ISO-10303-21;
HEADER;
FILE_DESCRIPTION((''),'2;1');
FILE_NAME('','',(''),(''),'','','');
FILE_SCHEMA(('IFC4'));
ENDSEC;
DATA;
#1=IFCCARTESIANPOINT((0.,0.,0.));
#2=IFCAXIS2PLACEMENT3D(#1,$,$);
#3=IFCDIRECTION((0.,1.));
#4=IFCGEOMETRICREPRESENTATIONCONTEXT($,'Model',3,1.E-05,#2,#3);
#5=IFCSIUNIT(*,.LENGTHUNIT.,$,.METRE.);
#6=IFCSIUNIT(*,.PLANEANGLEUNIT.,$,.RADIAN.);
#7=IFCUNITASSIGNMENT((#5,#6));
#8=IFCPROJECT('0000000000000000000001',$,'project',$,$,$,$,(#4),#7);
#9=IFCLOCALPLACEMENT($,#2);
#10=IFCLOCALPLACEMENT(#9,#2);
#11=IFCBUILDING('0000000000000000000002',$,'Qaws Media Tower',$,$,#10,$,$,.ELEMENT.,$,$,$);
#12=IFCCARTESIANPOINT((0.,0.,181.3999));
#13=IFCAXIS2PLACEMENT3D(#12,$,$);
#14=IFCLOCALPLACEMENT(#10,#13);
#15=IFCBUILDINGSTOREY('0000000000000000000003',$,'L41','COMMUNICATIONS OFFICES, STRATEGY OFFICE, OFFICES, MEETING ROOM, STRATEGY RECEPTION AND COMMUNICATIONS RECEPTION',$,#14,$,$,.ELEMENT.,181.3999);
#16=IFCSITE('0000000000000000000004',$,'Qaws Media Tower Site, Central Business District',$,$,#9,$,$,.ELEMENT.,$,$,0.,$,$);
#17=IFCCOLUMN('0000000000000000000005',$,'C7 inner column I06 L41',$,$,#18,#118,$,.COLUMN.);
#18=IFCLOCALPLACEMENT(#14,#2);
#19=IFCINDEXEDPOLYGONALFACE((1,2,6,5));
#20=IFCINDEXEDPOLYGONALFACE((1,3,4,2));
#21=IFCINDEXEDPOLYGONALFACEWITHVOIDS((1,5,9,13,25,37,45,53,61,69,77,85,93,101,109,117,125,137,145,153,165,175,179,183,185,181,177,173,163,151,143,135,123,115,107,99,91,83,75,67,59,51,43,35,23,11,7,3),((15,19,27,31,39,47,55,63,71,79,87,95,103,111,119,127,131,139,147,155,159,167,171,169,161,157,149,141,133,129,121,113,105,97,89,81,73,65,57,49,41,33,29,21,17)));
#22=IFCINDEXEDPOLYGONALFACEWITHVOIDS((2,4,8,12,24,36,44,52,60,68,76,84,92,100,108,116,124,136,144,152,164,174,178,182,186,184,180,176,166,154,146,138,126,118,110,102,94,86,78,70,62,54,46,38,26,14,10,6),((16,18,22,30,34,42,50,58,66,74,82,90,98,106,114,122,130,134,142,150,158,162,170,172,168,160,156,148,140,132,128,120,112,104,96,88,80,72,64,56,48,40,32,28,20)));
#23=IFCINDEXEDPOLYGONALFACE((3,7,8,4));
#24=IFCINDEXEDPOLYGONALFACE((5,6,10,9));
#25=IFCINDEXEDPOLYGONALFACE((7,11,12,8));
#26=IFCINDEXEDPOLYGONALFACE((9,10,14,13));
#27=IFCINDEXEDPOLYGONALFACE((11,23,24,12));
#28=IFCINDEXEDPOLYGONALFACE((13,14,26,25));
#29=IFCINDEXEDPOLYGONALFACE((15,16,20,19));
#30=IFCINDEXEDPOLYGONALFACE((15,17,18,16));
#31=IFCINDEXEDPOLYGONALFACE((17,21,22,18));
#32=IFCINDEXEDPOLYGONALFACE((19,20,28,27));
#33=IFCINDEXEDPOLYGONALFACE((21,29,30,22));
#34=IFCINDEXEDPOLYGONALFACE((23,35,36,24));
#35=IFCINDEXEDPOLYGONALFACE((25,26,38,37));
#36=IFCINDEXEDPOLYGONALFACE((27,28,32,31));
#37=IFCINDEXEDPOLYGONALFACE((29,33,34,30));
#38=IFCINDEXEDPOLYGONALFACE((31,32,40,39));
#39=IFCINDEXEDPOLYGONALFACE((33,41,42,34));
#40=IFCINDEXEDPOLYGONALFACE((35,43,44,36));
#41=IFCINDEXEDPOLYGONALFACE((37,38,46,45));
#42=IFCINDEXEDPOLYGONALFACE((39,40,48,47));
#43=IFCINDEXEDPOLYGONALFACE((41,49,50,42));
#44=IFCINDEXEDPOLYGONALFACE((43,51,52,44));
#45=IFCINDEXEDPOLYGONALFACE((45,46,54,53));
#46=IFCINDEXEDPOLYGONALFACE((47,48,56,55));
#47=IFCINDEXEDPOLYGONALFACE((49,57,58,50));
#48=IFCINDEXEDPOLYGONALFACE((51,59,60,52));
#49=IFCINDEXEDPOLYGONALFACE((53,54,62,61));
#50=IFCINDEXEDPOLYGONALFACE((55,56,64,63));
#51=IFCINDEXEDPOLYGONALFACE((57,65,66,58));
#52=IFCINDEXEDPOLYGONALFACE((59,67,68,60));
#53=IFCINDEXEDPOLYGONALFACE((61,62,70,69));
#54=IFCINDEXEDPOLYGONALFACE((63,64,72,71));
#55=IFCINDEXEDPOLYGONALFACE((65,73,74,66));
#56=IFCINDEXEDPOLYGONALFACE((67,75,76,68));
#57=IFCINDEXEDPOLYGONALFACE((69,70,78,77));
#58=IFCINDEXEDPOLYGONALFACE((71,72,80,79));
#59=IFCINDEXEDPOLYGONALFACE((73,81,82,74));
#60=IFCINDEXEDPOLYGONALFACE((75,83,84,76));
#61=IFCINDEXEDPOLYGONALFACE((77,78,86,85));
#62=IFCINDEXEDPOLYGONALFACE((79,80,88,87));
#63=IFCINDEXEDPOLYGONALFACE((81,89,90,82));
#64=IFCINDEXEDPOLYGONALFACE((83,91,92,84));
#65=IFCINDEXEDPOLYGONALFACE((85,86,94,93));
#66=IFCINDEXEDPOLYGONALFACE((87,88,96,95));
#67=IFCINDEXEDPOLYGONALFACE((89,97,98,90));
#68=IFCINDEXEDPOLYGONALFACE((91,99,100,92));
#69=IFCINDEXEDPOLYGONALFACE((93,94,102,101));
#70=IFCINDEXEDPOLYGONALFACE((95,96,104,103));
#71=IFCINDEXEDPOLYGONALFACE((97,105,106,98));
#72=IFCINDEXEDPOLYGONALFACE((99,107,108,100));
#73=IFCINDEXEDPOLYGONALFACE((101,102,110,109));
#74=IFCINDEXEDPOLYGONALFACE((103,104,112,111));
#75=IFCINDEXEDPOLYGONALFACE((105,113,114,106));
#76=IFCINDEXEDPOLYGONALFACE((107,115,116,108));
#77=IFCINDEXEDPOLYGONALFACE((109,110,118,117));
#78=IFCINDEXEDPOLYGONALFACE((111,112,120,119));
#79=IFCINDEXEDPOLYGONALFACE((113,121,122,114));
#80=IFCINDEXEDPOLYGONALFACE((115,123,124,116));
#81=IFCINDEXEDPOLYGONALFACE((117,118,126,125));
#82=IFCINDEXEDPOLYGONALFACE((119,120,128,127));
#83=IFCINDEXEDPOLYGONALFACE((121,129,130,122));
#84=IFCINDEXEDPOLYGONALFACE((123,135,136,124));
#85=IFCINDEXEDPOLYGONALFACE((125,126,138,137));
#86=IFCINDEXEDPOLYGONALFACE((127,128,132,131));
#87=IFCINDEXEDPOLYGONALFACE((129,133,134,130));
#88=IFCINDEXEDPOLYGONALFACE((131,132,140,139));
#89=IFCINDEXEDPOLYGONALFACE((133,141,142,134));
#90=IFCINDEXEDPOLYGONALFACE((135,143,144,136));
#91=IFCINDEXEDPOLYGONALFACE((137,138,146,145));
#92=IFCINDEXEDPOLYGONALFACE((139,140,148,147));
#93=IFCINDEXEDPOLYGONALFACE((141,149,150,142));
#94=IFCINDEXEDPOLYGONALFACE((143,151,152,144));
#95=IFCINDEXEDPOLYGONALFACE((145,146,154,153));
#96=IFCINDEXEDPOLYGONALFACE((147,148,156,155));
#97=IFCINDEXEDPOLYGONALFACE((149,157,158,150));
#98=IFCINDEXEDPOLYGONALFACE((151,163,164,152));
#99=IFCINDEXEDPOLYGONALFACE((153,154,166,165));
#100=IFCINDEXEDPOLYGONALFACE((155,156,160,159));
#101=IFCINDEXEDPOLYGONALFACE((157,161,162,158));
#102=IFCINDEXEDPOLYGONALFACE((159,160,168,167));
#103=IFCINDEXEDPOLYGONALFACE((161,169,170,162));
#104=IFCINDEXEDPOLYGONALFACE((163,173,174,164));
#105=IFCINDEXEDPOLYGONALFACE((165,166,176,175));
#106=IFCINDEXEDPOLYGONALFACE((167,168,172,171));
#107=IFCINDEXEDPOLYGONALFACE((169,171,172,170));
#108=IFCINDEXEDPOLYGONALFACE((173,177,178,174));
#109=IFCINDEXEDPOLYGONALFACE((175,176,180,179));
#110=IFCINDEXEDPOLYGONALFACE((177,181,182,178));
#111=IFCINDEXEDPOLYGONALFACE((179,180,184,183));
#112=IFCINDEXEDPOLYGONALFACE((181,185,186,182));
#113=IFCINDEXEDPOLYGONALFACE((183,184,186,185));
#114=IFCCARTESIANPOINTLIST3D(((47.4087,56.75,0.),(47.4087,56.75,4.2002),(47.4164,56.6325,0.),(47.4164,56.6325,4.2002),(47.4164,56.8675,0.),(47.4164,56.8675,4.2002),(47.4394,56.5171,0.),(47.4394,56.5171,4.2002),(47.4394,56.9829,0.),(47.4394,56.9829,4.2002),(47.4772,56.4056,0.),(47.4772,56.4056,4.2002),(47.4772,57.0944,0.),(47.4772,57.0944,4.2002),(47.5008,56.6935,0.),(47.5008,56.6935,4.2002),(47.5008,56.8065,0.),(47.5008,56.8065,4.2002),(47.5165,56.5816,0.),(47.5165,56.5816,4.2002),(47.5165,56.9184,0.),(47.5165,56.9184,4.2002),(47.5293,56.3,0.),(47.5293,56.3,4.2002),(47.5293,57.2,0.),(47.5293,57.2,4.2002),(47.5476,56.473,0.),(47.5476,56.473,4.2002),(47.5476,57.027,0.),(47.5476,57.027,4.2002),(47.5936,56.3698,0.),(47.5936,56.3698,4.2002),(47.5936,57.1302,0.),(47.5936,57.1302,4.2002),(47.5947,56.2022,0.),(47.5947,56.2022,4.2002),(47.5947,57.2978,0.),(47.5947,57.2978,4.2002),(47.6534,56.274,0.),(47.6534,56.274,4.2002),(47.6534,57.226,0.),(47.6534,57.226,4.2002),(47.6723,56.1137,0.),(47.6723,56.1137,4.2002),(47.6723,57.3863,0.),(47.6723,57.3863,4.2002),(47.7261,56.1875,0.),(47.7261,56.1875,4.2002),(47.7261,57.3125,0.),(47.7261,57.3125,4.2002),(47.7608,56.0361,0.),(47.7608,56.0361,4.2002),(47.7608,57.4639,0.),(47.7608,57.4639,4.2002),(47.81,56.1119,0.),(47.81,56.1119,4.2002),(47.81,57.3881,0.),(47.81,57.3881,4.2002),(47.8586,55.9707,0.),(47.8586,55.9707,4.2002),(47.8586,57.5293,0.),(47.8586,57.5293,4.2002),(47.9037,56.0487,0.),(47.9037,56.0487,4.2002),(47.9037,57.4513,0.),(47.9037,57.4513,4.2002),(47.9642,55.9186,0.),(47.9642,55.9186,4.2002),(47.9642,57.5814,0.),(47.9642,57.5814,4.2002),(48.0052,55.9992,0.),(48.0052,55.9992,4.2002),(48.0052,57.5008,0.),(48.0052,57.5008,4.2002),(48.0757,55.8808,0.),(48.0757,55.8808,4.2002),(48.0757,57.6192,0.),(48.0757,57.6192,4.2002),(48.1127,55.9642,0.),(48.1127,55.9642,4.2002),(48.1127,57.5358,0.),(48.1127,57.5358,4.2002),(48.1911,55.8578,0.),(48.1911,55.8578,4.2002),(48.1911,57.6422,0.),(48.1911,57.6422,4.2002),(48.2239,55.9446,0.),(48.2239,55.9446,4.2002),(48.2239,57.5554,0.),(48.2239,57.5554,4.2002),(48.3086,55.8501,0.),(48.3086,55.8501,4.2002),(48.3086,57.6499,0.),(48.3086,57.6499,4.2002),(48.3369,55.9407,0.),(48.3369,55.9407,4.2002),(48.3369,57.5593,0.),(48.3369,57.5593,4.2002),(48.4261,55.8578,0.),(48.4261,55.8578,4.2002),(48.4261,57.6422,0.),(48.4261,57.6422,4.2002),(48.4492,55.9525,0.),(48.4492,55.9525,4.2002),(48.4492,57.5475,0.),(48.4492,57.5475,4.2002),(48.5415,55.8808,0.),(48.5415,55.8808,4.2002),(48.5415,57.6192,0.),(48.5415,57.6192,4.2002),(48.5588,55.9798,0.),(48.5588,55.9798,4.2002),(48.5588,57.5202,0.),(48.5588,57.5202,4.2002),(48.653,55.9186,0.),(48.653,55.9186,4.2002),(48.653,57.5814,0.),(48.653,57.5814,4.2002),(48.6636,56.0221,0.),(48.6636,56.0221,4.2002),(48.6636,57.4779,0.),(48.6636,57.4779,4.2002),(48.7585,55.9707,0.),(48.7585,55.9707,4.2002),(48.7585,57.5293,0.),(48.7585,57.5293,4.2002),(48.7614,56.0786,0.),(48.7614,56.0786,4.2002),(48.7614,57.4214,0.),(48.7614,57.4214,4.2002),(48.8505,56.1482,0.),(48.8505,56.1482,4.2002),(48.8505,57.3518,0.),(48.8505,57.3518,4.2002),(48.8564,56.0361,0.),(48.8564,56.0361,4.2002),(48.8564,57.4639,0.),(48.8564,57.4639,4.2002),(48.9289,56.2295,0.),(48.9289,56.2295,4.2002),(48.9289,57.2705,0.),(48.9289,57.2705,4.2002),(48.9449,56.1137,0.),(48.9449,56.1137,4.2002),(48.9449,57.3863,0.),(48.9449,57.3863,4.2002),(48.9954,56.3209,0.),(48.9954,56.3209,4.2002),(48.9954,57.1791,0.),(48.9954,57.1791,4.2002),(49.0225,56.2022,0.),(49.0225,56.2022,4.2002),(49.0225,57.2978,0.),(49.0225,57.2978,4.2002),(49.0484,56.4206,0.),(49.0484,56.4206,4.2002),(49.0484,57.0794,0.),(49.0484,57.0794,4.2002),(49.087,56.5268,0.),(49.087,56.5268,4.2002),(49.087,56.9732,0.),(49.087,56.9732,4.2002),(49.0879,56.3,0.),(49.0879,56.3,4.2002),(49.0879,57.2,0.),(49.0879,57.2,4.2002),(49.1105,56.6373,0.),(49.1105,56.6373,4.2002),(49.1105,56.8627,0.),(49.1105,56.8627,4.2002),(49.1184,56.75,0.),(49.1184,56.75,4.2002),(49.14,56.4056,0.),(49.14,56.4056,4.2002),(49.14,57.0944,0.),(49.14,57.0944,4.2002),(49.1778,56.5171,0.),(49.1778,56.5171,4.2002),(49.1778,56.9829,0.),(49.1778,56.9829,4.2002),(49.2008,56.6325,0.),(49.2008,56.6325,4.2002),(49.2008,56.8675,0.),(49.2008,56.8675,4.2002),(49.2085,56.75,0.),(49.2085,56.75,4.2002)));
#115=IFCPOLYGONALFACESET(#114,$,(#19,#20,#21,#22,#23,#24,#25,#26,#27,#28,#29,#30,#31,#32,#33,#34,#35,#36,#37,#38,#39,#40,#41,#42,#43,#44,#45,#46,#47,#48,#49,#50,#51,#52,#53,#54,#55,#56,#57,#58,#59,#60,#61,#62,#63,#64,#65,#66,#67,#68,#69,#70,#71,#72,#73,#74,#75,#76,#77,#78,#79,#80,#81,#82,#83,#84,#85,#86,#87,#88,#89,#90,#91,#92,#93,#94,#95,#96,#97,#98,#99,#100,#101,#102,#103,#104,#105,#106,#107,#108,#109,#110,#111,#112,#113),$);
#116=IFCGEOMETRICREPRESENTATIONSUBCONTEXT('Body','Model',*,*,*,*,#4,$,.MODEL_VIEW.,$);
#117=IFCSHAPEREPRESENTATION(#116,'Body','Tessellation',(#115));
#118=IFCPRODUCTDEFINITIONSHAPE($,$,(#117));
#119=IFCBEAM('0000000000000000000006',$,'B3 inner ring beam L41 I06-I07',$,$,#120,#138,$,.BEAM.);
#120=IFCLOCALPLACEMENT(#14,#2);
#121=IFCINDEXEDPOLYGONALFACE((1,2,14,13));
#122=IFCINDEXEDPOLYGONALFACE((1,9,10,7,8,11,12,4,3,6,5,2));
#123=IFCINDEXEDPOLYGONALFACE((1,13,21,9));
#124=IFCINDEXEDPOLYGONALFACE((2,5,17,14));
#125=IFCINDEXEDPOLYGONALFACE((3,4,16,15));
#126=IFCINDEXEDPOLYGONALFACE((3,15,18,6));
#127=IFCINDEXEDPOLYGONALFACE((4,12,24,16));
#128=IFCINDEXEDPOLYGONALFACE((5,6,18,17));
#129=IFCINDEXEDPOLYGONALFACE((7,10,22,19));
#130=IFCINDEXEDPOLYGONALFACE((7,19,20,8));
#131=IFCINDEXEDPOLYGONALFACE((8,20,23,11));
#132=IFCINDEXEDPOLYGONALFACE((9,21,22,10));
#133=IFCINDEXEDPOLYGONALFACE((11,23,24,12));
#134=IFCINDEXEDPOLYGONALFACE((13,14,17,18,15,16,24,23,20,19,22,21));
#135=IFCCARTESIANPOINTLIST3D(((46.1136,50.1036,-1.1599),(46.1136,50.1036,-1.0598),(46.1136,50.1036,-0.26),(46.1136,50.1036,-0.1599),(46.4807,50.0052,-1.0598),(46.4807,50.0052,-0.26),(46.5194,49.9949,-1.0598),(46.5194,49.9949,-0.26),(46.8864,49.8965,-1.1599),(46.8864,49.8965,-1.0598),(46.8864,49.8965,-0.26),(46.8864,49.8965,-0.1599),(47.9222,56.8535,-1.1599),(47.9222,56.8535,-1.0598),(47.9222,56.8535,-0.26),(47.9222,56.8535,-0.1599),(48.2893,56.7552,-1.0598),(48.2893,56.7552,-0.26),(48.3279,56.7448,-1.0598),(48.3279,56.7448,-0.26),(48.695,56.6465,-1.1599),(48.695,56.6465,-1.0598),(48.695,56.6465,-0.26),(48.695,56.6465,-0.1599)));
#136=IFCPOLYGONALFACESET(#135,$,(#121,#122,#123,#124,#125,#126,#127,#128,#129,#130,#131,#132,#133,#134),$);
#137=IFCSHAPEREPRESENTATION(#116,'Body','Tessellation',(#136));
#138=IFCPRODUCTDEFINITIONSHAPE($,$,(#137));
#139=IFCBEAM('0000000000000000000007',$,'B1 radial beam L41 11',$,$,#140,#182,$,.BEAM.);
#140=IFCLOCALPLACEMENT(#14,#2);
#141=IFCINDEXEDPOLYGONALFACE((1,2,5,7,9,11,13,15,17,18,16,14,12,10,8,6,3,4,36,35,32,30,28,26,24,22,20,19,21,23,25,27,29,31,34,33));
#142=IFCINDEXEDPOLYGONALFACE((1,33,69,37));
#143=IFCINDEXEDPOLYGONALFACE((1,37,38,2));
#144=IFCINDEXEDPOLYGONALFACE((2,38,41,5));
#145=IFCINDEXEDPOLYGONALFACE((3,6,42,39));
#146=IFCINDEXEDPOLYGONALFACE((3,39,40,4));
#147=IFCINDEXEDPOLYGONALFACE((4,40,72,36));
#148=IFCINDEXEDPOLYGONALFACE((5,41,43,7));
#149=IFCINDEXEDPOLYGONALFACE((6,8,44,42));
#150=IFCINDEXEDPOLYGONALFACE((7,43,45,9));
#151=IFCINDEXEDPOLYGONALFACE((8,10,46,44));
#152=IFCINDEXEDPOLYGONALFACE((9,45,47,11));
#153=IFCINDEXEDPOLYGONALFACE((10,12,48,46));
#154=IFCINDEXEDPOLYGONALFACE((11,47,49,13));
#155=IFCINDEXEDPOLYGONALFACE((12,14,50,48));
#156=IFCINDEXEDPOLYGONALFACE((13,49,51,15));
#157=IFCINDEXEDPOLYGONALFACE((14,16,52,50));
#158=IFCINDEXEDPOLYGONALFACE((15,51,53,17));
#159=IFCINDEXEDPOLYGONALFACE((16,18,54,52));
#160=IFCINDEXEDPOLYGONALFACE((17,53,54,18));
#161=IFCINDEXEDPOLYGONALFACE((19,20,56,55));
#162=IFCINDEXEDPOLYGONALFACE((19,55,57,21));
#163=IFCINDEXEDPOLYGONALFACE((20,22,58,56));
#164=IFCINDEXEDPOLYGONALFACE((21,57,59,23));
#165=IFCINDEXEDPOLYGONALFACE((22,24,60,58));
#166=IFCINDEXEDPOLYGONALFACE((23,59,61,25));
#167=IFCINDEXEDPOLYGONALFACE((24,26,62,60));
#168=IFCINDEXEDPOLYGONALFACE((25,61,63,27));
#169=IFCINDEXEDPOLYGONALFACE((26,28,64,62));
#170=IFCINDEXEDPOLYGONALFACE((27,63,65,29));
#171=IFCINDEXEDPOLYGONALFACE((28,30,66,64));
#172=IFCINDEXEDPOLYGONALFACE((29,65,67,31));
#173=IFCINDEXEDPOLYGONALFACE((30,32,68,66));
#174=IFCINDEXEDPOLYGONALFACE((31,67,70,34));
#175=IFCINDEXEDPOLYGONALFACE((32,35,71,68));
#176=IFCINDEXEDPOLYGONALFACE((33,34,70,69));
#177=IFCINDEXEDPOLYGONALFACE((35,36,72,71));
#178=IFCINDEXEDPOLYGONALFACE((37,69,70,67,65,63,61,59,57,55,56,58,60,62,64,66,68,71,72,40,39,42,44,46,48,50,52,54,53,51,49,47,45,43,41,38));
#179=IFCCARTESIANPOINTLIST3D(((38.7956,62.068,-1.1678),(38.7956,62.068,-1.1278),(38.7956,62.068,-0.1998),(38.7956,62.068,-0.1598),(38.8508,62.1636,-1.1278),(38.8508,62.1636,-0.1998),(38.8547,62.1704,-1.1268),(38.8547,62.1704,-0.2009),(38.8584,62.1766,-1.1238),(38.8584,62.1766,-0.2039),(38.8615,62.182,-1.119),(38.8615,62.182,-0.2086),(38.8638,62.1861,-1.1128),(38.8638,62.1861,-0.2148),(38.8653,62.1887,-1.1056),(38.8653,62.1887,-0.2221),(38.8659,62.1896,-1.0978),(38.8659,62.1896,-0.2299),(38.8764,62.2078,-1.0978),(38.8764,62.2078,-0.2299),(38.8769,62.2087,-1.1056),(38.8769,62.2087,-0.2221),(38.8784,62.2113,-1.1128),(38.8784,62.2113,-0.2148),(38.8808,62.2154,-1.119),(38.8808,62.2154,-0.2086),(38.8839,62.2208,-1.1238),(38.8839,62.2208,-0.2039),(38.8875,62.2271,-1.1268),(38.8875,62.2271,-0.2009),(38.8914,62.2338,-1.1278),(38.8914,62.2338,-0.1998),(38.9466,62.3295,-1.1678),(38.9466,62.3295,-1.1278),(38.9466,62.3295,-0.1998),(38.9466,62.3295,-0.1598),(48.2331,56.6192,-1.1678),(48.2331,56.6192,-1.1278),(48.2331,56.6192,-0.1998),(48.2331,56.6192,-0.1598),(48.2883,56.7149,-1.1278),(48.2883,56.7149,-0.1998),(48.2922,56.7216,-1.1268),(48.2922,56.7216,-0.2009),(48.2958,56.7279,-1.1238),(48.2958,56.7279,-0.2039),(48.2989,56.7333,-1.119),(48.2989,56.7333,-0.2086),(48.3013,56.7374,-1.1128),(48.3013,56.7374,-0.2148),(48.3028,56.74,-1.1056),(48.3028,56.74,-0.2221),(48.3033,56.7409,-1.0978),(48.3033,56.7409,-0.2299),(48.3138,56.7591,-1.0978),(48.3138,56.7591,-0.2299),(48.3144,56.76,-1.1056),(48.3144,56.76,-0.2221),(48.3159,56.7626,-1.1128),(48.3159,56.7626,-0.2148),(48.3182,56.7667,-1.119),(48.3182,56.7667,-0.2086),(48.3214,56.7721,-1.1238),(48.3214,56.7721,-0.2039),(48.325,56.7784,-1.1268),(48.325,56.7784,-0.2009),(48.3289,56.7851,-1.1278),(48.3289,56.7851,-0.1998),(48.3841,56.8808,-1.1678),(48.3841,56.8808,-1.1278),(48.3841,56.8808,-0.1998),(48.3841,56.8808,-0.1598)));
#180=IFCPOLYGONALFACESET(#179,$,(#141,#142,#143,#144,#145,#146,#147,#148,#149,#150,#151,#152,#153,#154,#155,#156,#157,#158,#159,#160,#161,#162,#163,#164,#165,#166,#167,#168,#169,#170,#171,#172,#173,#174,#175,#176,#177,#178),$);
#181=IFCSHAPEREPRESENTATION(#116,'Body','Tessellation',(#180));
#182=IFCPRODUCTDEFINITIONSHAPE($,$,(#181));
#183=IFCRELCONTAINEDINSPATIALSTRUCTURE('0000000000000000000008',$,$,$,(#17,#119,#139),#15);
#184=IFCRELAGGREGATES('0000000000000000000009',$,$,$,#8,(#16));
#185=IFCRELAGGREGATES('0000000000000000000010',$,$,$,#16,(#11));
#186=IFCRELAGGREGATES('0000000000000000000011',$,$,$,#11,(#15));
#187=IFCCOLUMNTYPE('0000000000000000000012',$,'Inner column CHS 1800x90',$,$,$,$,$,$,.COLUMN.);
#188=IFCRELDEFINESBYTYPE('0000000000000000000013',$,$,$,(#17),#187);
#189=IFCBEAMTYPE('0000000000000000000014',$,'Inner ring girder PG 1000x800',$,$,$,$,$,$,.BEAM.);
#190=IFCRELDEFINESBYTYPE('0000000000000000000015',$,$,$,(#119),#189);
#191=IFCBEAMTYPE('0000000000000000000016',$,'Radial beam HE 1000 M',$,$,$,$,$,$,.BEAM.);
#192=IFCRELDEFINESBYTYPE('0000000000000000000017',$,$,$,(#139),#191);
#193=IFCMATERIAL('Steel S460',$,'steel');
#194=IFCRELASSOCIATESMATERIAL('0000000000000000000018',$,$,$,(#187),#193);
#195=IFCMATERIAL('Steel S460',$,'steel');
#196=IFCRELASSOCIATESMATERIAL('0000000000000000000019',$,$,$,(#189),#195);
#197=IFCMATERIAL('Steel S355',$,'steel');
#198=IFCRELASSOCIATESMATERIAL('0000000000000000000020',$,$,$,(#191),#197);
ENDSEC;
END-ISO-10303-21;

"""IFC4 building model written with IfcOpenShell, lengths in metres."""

from ifc_helpers import new_model, si_unit, direction, frame, origin, origin_2d, place, context, subcontext, project, spatial, hollow_circle, i_section, extrude, material, material_profile, profile_set, type_object, element, save


model = new_model("IFC4")

# Units and contexts
model_context = context("Model", 3, precision=1e-05, world=origin(), true_north=direction((0.0, 1.0)))
body_context = subcontext(model_context, "Body", "Model", "MODEL_VIEW")
ifc_project = project(units=[si_unit("LENGTHUNIT", "METRE"), si_unit("PLANEANGLEUNIT", "RADIAN")], contexts=[model_context])

# Site, building, storey
site_placement = place(None, origin())
site = spatial("IfcSite", under=ifc_project, at=site_placement, Name="Qaws Media Tower Site, Central Business District", CompositionType="ELEMENT", RefElevation=0.0)
building_placement = place(site_placement, origin())
building = spatial("IfcBuilding", under=site, at=building_placement, Name="Qaws Media Tower", CompositionType="ELEMENT")
storey_placement = place(building_placement, frame((0.0, 0.0, 181.3999)))
storey = spatial("IfcBuildingStorey", under=building, at=storey_placement, Name="L41", Description="COMMUNICATIONS OFFICES, STRATEGY OFFICE, OFFICES, MEETING ROOM, STRATEGY RECEPTION AND COMMUNICATIONS RECEPTION", CompositionType="ELEMENT", Elevation=181.3999)

# Column
ifc_material_1 = material(Name="Steel S460", Category="steel")
ifc_material_profile_1 = material_profile(ifc_material_1, hollow_circle(Radius=0.8999, WallThickness=0.0901, at=origin_2d()), Name="CHS 1800x90")
ifc_profile_set_1 = profile_set([ifc_material_profile_1], Name="Steel S460")
column_type = type_object("IfcColumnType", Name="Inner column CHS 1800x90", PredefinedType="COLUMN", material=ifc_profile_set_1)
column_placement = place(storey_placement, frame((48.3086, 56.75, 0.0), z_axis=(0.0, 0.0, 1.0), x_axis=(1.0, 0.0, 0.0)))
element("IfcColumn", 1, at=column_placement, inside=storey, type_object=column_type, Name="C7 inner column I06 L41", PredefinedType="COLUMN", context=body_context, shape_type="SweptSolid", body=[
    extrude(hollow_circle(Radius=0.8999, WallThickness=0.0901, at=origin_2d()), origin(), (0.0, 0.0, 1.0), 4.2002),
])

# Beams
ifc_material_2 = material(Name="Steel S460", Category="steel")
ifc_material_profile_2 = material_profile(ifc_material_2, i_section(OverallWidth=0.8, OverallDepth=1.0, WebThickness=0.04, FlangeThickness=0.1001, at=origin_2d()), Name="PG 1000x800")
ifc_profile_set_2 = profile_set([ifc_material_profile_2], Name="Steel S460")
beam_type_1 = type_object("IfcBeamType", Name="Inner ring girder PG 1000x800", PredefinedType="BEAM", material=ifc_profile_set_2)
beam_1_placement = place(storey_placement, frame((48.3086, 56.75, -0.6599), z_axis=(-0.258811, -0.965928, 0.0), x_axis=(0.965928, -0.258811, 0.0)))
element("IfcBeam", 2, at=beam_1_placement, inside=storey, type_object=beam_type_1, Name="B3 inner ring beam L41 I06-I07", PredefinedType="BEAM", context=body_context, shape_type="SweptSolid", body=[
    extrude(i_section(OverallWidth=0.8, OverallDepth=1.0, WebThickness=0.04, FlangeThickness=0.1001, at=origin_2d()), origin(), (0.0, 0.0, 1.0), 6.988),
])
ifc_material_3 = material(Name="Steel S355", Category="steel")
ifc_material_profile_3 = material_profile(ifc_material_3, i_section(OverallWidth=0.302, OverallDepth=1.0081, WebThickness=0.021, FlangeThickness=0.04, FilletRadius=0.03, at=origin_2d()), Name="HE 1000 M")
ifc_profile_set_3 = profile_set([ifc_material_profile_3], Name="Steel S355")
beam_type_2 = type_object("IfcBeamType", Name="Radial beam HE 1000 M", PredefinedType="BEAM", material=ifc_profile_set_3)
beam_2_placement = place(storey_placement, frame((48.3086, 56.75, -0.6638), z_axis=(-0.866026, 0.499999, 0.0), x_axis=(-0.499999, -0.866026, 0.0)))
element("IfcBeam", 3, at=beam_2_placement, inside=storey, type_object=beam_type_2, Name="B1 radial beam L41 11", PredefinedType="BEAM", context=body_context, shape_type="SweptSolid", body=[
    extrude(i_section(OverallWidth=0.302, OverallDepth=1.0081, WebThickness=0.021, FlangeThickness=0.04, FilletRadius=0.03, at=origin_2d()), origin(), (0.0, 0.0, 1.0), 10.8975),
])

save(model, "model.ifc")
